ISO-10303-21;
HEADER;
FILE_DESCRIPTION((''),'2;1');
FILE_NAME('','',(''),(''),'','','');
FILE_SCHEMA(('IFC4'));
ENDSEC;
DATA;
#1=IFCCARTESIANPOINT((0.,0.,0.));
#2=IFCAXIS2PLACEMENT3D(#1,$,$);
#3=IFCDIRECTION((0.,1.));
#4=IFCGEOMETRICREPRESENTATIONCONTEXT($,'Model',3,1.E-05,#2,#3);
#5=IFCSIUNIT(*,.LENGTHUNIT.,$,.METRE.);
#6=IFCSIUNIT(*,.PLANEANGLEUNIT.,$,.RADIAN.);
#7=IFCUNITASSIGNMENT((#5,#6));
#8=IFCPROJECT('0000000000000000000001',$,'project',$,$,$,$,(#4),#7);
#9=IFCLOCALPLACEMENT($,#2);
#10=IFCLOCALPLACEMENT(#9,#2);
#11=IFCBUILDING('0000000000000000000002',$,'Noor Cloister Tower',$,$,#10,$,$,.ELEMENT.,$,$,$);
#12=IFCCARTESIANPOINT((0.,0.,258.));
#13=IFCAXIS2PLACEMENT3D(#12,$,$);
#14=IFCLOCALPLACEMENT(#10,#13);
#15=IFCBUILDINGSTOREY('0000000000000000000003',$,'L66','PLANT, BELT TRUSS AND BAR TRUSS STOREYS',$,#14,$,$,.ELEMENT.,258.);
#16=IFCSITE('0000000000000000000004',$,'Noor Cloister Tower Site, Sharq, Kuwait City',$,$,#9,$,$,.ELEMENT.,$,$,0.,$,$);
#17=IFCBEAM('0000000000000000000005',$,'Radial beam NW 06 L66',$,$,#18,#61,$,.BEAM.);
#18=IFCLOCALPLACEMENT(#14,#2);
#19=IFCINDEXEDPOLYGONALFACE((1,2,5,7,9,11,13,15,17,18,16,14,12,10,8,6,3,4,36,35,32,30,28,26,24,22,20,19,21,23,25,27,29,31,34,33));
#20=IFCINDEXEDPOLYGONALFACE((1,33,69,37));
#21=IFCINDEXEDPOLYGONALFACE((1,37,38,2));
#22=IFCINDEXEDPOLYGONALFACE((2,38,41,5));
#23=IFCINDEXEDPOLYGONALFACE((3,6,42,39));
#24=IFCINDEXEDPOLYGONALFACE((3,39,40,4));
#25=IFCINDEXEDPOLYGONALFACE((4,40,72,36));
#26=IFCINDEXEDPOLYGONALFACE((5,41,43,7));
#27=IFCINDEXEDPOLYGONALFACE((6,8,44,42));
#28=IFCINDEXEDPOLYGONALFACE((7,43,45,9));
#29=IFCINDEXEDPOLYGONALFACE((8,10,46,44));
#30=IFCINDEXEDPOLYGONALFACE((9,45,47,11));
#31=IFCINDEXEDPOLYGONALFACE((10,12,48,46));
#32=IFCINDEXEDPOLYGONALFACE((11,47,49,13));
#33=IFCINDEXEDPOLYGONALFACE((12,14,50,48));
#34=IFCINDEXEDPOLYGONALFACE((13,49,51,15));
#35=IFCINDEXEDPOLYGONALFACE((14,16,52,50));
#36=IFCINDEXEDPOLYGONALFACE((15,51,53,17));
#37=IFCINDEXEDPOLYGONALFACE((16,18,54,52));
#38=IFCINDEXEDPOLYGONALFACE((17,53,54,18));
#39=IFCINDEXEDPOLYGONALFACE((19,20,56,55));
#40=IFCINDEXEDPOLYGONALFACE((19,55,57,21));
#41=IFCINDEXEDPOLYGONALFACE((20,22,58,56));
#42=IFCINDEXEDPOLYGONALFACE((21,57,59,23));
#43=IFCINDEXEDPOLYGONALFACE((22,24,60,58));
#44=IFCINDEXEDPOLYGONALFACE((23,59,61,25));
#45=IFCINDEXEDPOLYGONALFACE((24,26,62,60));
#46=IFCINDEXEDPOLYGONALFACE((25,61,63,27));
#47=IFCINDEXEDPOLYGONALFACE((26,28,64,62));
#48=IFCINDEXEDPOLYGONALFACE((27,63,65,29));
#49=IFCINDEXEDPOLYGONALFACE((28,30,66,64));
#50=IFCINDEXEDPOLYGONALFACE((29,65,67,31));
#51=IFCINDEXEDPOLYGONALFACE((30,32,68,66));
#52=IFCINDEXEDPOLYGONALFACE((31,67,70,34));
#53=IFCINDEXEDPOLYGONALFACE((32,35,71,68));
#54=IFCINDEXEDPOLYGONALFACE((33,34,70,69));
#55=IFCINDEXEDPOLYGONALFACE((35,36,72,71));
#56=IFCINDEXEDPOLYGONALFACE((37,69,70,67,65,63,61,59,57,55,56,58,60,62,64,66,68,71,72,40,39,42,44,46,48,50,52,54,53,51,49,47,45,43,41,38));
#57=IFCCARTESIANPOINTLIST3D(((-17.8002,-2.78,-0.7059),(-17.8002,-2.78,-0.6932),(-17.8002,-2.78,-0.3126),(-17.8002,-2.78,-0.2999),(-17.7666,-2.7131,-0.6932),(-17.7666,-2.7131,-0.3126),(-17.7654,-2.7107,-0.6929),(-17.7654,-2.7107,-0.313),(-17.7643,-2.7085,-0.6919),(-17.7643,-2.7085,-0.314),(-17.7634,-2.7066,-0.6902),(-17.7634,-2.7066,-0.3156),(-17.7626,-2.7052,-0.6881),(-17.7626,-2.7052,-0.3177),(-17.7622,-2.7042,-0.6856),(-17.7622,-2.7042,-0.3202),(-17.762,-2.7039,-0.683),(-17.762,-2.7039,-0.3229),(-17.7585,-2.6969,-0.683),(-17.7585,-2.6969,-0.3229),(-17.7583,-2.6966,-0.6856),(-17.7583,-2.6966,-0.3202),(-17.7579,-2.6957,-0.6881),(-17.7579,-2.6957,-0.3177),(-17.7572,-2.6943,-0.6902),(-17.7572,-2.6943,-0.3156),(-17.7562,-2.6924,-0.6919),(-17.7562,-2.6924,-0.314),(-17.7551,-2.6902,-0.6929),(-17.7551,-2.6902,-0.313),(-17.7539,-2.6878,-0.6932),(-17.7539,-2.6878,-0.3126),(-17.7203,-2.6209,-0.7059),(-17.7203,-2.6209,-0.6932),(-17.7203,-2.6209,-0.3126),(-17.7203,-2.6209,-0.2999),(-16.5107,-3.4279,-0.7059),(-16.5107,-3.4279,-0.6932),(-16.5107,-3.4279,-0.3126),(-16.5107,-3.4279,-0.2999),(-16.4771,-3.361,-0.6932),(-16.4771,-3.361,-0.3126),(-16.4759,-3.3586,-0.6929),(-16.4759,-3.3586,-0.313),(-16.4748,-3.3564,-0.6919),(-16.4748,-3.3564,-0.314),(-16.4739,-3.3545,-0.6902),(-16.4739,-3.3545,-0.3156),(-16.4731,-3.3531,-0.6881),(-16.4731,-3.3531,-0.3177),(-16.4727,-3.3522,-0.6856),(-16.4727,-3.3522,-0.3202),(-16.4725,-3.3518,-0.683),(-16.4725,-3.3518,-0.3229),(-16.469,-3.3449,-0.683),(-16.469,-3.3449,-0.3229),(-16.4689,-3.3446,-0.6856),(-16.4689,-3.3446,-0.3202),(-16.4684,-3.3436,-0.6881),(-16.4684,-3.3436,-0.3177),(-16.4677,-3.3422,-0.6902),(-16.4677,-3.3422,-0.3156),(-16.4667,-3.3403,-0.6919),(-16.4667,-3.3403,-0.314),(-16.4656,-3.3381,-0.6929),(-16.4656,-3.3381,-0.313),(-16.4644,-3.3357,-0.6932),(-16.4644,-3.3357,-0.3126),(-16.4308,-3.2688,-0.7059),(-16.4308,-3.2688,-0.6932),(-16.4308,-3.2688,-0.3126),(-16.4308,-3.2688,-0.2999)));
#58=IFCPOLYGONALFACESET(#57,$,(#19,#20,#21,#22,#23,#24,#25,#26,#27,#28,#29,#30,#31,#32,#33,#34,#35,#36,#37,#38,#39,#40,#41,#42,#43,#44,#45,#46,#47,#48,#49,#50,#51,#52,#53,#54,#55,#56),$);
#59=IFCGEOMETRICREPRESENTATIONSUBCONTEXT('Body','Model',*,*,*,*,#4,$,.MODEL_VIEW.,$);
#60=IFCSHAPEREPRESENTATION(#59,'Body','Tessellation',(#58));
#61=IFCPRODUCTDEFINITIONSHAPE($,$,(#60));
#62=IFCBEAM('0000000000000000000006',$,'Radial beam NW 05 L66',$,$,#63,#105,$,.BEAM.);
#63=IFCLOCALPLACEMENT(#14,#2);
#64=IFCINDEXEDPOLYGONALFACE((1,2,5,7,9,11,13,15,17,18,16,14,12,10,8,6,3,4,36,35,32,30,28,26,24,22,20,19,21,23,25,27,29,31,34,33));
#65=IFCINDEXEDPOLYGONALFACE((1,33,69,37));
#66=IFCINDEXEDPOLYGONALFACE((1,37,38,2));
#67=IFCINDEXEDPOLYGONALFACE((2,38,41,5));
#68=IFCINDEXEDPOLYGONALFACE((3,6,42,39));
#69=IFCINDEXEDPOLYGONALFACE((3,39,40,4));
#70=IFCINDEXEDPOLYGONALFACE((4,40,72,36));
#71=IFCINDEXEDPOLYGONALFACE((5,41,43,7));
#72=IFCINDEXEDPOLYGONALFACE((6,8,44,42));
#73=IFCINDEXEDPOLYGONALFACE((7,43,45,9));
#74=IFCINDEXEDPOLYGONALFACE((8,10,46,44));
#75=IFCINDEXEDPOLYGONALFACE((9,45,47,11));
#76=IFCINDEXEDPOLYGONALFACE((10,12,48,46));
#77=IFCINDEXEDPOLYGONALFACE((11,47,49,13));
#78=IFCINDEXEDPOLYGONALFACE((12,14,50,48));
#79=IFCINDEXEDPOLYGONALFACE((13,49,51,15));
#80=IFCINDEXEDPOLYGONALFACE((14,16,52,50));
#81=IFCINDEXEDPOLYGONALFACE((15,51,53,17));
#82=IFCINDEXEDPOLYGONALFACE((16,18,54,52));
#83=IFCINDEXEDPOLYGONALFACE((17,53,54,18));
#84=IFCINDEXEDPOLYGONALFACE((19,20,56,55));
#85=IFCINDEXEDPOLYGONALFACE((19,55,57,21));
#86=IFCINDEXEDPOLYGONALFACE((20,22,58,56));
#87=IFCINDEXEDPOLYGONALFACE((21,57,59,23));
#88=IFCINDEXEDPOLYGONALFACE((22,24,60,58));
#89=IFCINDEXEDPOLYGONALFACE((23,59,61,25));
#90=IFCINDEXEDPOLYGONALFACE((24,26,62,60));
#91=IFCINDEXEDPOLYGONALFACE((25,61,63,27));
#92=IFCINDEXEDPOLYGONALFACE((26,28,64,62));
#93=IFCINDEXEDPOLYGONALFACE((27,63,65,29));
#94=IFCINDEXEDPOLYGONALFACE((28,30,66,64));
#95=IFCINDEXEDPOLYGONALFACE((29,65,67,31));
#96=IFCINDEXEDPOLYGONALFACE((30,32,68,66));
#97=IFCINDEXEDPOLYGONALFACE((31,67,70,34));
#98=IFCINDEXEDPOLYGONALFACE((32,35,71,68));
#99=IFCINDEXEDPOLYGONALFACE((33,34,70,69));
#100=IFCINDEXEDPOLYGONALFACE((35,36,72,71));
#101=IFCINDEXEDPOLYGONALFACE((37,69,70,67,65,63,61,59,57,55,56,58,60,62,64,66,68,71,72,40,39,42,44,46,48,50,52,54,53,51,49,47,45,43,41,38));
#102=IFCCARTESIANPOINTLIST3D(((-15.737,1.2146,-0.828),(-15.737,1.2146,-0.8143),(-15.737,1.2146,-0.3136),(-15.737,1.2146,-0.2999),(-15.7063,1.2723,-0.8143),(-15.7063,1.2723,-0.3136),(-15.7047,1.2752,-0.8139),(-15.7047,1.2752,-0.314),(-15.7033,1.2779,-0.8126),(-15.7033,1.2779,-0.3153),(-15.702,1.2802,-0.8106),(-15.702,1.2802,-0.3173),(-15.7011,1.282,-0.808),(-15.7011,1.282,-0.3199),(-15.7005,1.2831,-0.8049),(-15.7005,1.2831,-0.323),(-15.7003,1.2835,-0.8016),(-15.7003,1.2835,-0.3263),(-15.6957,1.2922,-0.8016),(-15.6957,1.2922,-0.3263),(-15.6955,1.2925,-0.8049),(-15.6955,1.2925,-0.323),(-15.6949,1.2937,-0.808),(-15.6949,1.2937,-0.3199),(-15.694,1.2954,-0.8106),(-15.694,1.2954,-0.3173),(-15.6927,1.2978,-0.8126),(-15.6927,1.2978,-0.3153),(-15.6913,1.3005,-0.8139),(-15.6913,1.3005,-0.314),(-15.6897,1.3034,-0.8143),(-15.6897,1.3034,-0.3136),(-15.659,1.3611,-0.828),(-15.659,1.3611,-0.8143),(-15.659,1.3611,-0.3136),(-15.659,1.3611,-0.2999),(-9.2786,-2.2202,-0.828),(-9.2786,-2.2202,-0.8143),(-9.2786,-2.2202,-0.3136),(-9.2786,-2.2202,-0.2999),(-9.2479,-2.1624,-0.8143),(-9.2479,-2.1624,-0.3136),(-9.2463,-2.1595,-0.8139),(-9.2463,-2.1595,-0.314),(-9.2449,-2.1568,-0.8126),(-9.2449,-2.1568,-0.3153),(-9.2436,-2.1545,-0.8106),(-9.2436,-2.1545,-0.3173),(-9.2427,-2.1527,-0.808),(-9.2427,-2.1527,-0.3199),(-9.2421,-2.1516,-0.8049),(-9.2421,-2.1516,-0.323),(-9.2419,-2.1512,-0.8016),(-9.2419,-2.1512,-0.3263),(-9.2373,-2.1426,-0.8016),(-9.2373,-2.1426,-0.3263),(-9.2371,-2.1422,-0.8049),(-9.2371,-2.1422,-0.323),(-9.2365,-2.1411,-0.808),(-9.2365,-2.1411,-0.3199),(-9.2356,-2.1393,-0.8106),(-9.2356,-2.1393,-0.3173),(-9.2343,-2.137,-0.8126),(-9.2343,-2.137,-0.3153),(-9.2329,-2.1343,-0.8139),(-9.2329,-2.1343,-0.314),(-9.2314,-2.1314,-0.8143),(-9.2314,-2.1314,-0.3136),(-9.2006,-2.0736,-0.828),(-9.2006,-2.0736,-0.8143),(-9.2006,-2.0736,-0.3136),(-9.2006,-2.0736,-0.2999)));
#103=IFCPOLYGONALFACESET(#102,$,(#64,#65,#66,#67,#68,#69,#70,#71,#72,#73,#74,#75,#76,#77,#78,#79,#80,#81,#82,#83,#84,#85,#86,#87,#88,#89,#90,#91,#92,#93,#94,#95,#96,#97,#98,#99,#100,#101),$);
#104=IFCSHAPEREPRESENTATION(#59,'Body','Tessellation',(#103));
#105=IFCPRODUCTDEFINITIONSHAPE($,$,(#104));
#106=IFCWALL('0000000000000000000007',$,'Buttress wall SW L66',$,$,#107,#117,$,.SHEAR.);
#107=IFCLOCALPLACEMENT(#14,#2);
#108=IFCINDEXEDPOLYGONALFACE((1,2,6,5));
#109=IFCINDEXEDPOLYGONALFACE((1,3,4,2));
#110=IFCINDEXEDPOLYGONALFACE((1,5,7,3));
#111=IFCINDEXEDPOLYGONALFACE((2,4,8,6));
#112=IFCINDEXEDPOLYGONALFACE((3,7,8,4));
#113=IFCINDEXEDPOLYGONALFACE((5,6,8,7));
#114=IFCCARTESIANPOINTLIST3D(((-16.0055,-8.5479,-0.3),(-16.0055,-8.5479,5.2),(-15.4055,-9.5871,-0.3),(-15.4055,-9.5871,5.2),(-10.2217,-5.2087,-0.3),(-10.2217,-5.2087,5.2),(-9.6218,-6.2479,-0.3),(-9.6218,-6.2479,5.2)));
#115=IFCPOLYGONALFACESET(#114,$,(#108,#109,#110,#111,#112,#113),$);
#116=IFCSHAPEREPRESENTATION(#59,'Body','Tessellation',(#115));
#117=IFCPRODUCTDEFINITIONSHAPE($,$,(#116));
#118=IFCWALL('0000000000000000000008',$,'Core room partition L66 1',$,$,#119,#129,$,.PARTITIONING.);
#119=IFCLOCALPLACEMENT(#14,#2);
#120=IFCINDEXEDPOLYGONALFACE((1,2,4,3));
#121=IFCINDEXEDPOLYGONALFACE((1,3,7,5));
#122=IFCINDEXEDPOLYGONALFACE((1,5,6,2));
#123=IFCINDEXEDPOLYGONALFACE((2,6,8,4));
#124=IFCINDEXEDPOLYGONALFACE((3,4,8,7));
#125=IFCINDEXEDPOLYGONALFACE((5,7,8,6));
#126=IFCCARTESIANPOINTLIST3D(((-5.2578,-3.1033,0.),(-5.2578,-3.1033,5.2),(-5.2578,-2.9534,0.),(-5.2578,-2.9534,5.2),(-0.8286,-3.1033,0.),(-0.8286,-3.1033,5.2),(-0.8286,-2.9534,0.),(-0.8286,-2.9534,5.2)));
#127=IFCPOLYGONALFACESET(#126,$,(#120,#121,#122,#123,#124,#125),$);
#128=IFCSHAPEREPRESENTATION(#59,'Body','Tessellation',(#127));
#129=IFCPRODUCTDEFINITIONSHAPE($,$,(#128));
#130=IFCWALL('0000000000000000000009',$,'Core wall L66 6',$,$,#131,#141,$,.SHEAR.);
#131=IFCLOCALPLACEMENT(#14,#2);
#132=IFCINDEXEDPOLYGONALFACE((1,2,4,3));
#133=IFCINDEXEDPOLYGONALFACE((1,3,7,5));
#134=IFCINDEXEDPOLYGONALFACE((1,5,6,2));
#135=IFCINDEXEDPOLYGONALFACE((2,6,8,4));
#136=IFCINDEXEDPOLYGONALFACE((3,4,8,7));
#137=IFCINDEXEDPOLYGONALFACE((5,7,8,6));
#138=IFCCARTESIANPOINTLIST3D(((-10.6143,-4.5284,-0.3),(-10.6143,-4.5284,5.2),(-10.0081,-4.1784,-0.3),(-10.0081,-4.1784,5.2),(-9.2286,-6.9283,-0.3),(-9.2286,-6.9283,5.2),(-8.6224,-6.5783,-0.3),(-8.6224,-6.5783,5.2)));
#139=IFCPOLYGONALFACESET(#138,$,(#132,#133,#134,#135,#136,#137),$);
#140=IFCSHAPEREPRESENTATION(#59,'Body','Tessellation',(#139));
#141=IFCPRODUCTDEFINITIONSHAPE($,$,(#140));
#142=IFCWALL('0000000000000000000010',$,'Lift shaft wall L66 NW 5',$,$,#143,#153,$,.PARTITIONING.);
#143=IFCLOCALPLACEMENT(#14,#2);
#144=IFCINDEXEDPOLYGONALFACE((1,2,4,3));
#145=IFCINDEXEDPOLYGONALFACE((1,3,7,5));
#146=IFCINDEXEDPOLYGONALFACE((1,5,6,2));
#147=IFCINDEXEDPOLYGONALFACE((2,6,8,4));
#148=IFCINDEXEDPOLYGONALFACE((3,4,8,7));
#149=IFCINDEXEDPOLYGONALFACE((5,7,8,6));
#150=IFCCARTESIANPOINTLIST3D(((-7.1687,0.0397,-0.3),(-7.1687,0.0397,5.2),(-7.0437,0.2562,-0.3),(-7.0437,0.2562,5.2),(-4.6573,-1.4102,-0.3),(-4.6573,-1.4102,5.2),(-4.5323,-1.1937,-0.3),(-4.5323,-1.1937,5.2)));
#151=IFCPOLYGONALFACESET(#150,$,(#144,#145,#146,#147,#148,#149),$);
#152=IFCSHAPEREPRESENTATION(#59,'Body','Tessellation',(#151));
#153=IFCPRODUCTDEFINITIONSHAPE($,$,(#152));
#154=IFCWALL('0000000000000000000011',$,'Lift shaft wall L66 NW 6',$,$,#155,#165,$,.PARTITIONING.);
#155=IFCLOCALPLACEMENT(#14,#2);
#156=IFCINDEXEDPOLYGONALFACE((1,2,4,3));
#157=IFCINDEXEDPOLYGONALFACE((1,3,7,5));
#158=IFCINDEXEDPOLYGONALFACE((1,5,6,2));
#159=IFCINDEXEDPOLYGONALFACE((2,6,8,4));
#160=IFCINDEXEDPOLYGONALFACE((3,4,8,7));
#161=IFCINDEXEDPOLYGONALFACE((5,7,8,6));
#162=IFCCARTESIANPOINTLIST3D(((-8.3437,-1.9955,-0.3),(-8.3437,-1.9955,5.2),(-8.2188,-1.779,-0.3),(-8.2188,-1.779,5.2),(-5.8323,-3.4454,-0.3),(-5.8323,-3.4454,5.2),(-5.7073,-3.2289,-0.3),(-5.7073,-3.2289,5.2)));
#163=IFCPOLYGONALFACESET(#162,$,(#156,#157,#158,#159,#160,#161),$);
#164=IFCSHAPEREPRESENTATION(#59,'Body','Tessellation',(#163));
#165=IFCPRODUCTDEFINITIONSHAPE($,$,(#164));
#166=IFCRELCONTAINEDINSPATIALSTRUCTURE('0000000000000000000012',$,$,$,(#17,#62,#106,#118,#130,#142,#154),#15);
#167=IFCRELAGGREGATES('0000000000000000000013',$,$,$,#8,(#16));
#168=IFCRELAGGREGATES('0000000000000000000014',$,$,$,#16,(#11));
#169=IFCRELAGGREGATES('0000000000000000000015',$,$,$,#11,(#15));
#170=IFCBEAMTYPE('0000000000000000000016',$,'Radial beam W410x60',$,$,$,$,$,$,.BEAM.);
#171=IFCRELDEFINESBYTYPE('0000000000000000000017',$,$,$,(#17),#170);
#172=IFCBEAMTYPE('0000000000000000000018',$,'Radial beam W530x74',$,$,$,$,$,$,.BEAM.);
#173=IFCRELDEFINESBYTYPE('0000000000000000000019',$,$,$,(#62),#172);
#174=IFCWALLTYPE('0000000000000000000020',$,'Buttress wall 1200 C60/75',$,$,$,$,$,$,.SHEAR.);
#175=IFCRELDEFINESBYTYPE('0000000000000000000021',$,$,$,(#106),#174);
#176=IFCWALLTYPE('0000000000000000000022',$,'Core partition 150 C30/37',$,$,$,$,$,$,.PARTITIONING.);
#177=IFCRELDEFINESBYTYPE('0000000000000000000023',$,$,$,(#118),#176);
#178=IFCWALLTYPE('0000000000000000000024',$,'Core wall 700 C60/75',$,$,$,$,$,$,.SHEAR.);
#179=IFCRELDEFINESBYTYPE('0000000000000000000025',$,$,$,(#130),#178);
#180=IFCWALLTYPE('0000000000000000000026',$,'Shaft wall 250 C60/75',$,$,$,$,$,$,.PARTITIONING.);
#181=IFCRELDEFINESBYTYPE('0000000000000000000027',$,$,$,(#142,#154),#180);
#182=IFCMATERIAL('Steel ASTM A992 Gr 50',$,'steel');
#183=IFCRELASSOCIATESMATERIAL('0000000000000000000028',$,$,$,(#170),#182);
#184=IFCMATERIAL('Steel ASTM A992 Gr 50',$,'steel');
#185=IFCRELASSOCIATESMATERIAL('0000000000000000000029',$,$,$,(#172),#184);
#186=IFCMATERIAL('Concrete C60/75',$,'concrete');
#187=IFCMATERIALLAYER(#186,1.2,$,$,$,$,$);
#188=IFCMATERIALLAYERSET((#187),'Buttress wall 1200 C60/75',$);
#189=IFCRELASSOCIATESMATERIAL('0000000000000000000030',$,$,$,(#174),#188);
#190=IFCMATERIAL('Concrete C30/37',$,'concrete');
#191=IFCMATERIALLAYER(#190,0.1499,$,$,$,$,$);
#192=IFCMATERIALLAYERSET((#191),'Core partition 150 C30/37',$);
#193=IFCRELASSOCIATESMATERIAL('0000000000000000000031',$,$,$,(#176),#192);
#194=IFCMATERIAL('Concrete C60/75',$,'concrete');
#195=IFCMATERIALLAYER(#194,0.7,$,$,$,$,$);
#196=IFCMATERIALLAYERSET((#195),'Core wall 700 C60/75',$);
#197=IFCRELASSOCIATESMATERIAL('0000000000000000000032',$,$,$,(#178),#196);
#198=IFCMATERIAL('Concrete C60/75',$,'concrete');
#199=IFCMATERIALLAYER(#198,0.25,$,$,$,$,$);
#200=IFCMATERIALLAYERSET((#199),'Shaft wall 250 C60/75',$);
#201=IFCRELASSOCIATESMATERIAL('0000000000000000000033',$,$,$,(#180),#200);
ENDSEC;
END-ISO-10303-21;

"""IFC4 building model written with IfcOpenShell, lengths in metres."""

from ifc_helpers import new_model, si_unit, direction, frame, frame_2d, origin, origin_2d, place, context, subcontext, project, spatial, rectangle, i_section, extrude, material, layer, layer_set, material_profile, profile_set, type_object, element, save


model = new_model("IFC4")

# Units and contexts
model_context = context("Model", 3, precision=1e-05, world=origin(), true_north=direction((0.0, 1.0)))
body_context = subcontext(model_context, "Body", "Model", "MODEL_VIEW")
ifc_project = project(units=[si_unit("LENGTHUNIT", "METRE"), si_unit("PLANEANGLEUNIT", "RADIAN")], contexts=[model_context])

# Site, building, storey
site_placement = place(None, origin())
site = spatial("IfcSite", under=ifc_project, at=site_placement, Name="Noor Cloister Tower Site, Sharq, Kuwait City", CompositionType="ELEMENT", RefElevation=0.0)
building_placement = place(site_placement, origin())
building = spatial("IfcBuilding", under=site, at=building_placement, Name="Noor Cloister Tower", CompositionType="ELEMENT")
storey_placement = place(building_placement, frame((0.0, 0.0, 258.0)))
storey = spatial("IfcBuildingStorey", under=building, at=storey_placement, Name="L66", Description="PLANT, BELT TRUSS AND BAR TRUSS STOREYS", CompositionType="ELEMENT", Elevation=258.0)

# Beams
ifc_material_1 = material(Name="Steel ASTM A992 Gr 50", Category="steel")
ifc_material_profile_1 = material_profile(ifc_material_1, i_section(OverallWidth=0.178, OverallDepth=0.406, WebThickness=0.0078, FlangeThickness=0.0127, FilletRadius=0.0103, at=origin_2d()), Name="W410x60")
ifc_profile_set_1 = profile_set([ifc_material_profile_1], Name="Steel ASTM A992 Gr 50")
beam_type_1 = type_object("IfcBeamType", Name="Radial beam W410x60", PredefinedType="BEAM", material=ifc_profile_set_1)
beam_1_placement = place(storey_placement, frame((-17.7603, -2.7004, -0.5029), z_axis=(0.893546, -0.448972, 0.0), x_axis=(0.448972, 0.893546, 0.0)))
element("IfcBeam", 1, at=beam_1_placement, inside=storey, type_object=beam_type_1, Name="Radial beam NW 06 L66", PredefinedType="BEAM", context=body_context, shape_type="SweptSolid", body=[
    extrude(i_section(OverallWidth=0.178, OverallDepth=0.406, WebThickness=0.0078, FlangeThickness=0.0127, FilletRadius=0.0103, at=origin_2d()), origin(), (0.0, 0.0, 1.0), 1.4431),
])
ifc_material_2 = material(Name="Steel ASTM A992 Gr 50", Category="steel")
ifc_material_profile_2 = material_profile(ifc_material_2, i_section(OverallWidth=0.166, OverallDepth=0.5281, WebThickness=0.0098, FlangeThickness=0.0137, FilletRadius=0.0127, at=origin_2d()), Name="W530x74")
ifc_profile_set_2 = profile_set([ifc_material_profile_2], Name="Steel ASTM A992 Gr 50")
beam_type_2 = type_object("IfcBeamType", Name="Radial beam W530x74", PredefinedType="BEAM", material=ifc_profile_set_2)
beam_2_placement = place(storey_placement, frame((-15.698, 1.2878, -0.564), z_axis=(0.882904, -0.469554, 0.0), x_axis=(0.469554, 0.882904, 0.0)))
element("IfcBeam", 2, at=beam_2_placement, inside=storey, type_object=beam_type_2, Name="Radial beam NW 05 L66", PredefinedType="BEAM", context=body_context, shape_type="SweptSolid", body=[
    extrude(i_section(OverallWidth=0.166, OverallDepth=0.5281, WebThickness=0.0098, FlangeThickness=0.0137, FilletRadius=0.0127, at=origin_2d()), origin(), (0.0, 0.0, 1.0), 7.3149),
])

# Walls
ifc_material_3 = material(Name="Concrete C60/75", Category="concrete")
ifc_layer_1 = layer(ifc_material_3, 1.2)
ifc_layer_set_1 = layer_set([ifc_layer_1], Name="Buttress wall 1200 C60/75")
wall_type_1 = type_object("IfcWallType", Name="Buttress wall 1200 C60/75", PredefinedType="SHEAR", material=ifc_layer_set_1)
wall_1_placement = place(storey_placement, frame((-9.9216, -5.7283, -0.3), z_axis=(0.0, 0.0, 1.0), x_axis=(-0.866032, -0.499988, 0.0)))
element("IfcWall", 3, at=wall_1_placement, inside=storey, type_object=wall_type_1, Name="Buttress wall SW L66", PredefinedType="SHEAR", context=body_context, shape_type="SweptSolid", body=[
    extrude(rectangle(XDim=6.6785, YDim=1.2, at=frame_2d((3.3394, 0.0))), origin(), (0.0, 0.0, 1.0), 5.5),
])
ifc_material_4 = material(Name="Concrete C30/37", Category="concrete")
ifc_layer_2 = layer(ifc_material_4, 0.1499)
ifc_layer_set_2 = layer_set([ifc_layer_2], Name="Core partition 150 C30/37")
wall_type_2 = type_object("IfcWallType", Name="Core partition 150 C30/37", PredefinedType="PARTITIONING", material=ifc_layer_set_2)
wall_2_placement = place(storey_placement, frame((-5.2578, -3.0283, 0.0), z_axis=(0.0, 0.0, 1.0), x_axis=(1.0, 0.0, 0.0)))
element("IfcWall", 4, at=wall_2_placement, inside=storey, type_object=wall_type_2, Name="Core room partition L66 1", PredefinedType="PARTITIONING", context=body_context, shape_type="SweptSolid", body=[
    extrude(rectangle(XDim=4.4292, YDim=0.1499, at=frame_2d((2.2146, 0.0))), origin(), (0.0, 0.0, 1.0), 5.2),
])
ifc_material_5 = material(Name="Concrete C60/75", Category="concrete")
ifc_layer_3 = layer(ifc_material_5, 0.7)
ifc_layer_set_3 = layer_set([ifc_layer_3], Name="Core wall 700 C60/75")
wall_type_3 = type_object("IfcWallType", Name="Core wall 700 C60/75", PredefinedType="SHEAR", material=ifc_layer_set_3)
wall_3_placement = place(storey_placement, frame((-10.3113, -4.3533, -0.3), z_axis=(0.0, 0.0, 1.0), x_axis=(0.500043, -0.866001, 0.0)))
element("IfcWall", 5, at=wall_3_placement, inside=storey, type_object=wall_type_3, Name="Core wall L66 6", PredefinedType="SHEAR", context=body_context, shape_type="SweptSolid", body=[
    extrude(rectangle(XDim=2.7712, YDim=0.7, at=frame_2d((1.3857, 0.0))), origin(), (0.0, 0.0, 1.0), 5.5),
])
ifc_material_6 = material(Name="Concrete C60/75", Category="concrete")
ifc_layer_4 = layer(ifc_material_6, 0.25)
ifc_layer_set_4 = layer_set([ifc_layer_4], Name="Shaft wall 250 C60/75")
wall_type_4 = type_object("IfcWallType", Name="Shaft wall 250 C60/75", PredefinedType="PARTITIONING", material=ifc_layer_set_4)
for number, where, z_axis, x_axis, name in (
    (6, (-7.1062, 0.1479, -0.3), (0.0, 0.0, 1.0), (0.866033, -0.499987, 0.0), "Lift shaft wall L66 NW 5"),
    (7, (-8.2812, -1.8872, -0.3), (0.0, 0.0, 1.0), (0.866033, -0.499987, 0.0), "Lift shaft wall L66 NW 6"),
):
    element("IfcWall", number, at=place(storey_placement, frame(where, z_axis=z_axis, x_axis=x_axis)), inside=storey, type_object=wall_type_4, Name=name, PredefinedType="PARTITIONING", context=body_context, shape_type="SweptSolid", body=[
        extrude(rectangle(XDim=2.8999, YDim=0.25, at=frame_2d((1.45, 0.0))), origin(), (0.0, 0.0, 1.0), 5.5),
    ])

save(model, "model.ifc")
